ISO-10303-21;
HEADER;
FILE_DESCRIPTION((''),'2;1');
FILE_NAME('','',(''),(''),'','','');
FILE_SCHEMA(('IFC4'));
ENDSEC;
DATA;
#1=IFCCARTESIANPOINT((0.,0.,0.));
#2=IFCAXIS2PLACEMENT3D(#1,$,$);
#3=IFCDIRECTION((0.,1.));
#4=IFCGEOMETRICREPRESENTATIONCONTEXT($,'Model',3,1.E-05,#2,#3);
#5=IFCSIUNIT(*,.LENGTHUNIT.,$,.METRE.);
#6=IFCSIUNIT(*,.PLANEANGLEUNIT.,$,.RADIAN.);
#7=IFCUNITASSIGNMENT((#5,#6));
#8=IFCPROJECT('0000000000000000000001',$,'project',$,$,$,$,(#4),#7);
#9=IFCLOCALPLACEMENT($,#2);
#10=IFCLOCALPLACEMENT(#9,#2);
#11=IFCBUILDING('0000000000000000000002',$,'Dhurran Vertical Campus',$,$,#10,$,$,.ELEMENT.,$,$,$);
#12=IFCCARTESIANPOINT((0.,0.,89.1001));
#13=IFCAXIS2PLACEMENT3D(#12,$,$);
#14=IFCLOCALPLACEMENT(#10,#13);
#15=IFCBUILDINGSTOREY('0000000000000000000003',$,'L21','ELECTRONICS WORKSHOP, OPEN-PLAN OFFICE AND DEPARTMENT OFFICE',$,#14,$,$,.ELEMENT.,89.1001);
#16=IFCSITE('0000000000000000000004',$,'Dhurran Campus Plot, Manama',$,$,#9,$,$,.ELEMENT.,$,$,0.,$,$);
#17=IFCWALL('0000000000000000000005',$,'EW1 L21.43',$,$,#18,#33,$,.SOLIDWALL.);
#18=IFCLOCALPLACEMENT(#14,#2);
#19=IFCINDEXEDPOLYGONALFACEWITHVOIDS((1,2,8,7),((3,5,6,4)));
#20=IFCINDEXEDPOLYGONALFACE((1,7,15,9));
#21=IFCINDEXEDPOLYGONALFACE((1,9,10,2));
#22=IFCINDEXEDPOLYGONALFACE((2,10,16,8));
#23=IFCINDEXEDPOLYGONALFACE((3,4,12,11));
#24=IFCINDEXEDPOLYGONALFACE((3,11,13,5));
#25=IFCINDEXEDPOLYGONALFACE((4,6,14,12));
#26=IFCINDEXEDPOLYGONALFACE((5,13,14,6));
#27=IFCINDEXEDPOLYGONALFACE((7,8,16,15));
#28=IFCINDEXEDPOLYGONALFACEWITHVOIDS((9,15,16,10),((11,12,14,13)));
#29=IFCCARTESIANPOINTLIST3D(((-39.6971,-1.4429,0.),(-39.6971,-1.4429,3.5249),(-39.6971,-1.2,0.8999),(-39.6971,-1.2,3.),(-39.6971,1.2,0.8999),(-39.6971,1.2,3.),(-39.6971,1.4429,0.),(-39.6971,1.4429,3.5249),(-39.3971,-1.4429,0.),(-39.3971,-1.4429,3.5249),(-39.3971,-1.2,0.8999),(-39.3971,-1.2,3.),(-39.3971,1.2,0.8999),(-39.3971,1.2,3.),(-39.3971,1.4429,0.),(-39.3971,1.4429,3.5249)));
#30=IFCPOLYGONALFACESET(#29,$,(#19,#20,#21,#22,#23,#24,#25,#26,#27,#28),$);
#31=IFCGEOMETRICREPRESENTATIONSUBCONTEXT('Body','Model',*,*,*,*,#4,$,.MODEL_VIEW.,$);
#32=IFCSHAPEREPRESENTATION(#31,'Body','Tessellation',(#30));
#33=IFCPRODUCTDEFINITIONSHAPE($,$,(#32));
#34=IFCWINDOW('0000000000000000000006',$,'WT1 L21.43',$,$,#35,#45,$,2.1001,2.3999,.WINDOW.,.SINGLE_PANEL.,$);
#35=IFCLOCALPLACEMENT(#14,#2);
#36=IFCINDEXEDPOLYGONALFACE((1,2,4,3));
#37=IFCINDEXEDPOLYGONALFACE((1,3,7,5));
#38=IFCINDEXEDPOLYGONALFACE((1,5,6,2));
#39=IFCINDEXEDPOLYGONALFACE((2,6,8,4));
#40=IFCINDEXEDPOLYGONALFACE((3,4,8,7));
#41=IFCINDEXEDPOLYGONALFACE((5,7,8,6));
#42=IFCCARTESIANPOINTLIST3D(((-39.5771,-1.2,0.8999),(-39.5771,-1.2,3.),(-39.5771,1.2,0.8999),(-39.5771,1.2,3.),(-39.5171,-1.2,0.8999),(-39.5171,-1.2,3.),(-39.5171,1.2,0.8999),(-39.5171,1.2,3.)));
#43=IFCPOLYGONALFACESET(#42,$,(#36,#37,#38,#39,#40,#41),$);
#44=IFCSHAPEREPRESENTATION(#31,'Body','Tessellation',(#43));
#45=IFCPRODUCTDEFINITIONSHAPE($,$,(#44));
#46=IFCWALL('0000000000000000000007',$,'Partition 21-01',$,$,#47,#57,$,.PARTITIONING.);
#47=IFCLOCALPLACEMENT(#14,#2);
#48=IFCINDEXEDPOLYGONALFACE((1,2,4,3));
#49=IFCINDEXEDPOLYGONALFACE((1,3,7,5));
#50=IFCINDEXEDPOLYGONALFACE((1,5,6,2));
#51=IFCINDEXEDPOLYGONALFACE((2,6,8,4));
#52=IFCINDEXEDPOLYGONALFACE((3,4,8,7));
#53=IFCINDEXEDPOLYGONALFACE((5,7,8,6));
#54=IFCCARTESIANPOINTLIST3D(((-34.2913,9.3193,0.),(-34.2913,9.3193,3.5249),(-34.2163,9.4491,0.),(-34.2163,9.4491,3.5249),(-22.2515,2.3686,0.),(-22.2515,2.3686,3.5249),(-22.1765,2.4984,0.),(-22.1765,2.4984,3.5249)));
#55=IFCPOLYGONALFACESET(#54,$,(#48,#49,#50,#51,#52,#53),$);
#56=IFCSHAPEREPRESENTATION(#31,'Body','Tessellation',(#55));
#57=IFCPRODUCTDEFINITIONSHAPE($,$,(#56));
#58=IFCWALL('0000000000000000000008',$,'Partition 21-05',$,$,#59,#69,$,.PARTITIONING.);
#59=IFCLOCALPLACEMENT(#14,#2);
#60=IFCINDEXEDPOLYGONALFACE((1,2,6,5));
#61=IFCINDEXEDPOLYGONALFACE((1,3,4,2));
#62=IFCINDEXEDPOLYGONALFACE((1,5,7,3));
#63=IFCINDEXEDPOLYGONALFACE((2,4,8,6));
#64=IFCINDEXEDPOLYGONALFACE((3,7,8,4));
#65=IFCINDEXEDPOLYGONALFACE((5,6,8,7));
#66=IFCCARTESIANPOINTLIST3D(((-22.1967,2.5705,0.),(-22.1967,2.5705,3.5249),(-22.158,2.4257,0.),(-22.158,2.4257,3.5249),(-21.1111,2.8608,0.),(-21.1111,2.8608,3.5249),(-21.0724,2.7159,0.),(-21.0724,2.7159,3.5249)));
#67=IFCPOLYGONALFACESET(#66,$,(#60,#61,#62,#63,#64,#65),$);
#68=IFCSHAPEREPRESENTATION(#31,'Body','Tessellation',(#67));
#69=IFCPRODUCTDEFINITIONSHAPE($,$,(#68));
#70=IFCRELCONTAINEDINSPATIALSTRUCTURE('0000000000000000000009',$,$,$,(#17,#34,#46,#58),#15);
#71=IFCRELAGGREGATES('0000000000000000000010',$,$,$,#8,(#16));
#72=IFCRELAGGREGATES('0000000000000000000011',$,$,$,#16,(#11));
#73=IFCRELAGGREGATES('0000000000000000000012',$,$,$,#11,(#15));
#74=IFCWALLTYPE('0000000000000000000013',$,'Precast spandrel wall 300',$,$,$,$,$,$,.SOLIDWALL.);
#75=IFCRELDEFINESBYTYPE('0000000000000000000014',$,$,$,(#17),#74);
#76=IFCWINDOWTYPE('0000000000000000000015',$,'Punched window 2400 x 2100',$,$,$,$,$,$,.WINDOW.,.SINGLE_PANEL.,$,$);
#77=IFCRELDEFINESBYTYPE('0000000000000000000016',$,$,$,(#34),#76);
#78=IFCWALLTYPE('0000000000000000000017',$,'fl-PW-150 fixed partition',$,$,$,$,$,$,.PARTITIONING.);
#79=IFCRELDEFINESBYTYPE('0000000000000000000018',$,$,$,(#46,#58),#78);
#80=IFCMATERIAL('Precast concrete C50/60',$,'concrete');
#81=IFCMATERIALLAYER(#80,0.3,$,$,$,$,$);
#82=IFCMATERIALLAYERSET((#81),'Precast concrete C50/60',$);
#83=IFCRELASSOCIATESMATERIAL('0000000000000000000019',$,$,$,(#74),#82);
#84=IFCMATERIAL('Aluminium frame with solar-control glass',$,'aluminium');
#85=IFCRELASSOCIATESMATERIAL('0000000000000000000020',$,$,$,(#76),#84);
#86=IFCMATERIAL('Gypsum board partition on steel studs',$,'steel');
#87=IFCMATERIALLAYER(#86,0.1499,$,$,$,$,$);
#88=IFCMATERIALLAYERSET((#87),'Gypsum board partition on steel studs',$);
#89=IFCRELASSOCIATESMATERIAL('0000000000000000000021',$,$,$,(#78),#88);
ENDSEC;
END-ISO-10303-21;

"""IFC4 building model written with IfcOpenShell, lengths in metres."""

from ifc_helpers import new_model, si_unit, direction, frame, frame_2d, origin, place, context, subcontext, project, spatial, rectangle, extrude, material, layer, layer_set, type_object, element, fill, save


model = new_model("IFC4")

# Units and contexts
model_context = context("Model", 3, precision=1e-05, world=origin(), true_north=direction((0.0, 1.0)))
body_context = subcontext(model_context, "Body", "Model", "MODEL_VIEW")
ifc_project = project(units=[si_unit("LENGTHUNIT", "METRE"), si_unit("PLANEANGLEUNIT", "RADIAN")], contexts=[model_context])

# Site, building, storey
site_placement = place(None, origin())
site = spatial("IfcSite", under=ifc_project, at=site_placement, Name="Dhurran Campus Plot, Manama", CompositionType="ELEMENT", RefElevation=0.0)
building_placement = place(site_placement, origin())
building = spatial("IfcBuilding", under=site, at=building_placement, Name="Dhurran Vertical Campus", CompositionType="ELEMENT")
storey_placement = place(building_placement, frame((0.0, 0.0, 89.1001)))
storey = spatial("IfcBuildingStorey", under=building, at=storey_placement, Name="L21", Description="ELECTRONICS WORKSHOP, OPEN-PLAN OFFICE AND DEPARTMENT OFFICE", CompositionType="ELEMENT", Elevation=89.1001)

# Wall, opening, window
ifc_material_1 = material(Name="Precast concrete C50/60", Category="concrete")
ifc_layer_1 = layer(ifc_material_1, 0.3)
ifc_layer_set_1 = layer_set([ifc_layer_1], Name="Precast concrete C50/60")
wall_type_1 = type_object("IfcWallType", Name="Precast spandrel wall 300", PredefinedType="SOLIDWALL", material=ifc_layer_set_1)
ifc_material_2 = material(Name="Aluminium frame with solar-control glass", Category="aluminium")
window_type = type_object("IfcWindowType", Name="Punched window 2400 x 2100", PartitioningType="SINGLE_PANEL", PredefinedType="WINDOW", material=ifc_material_2)
wall_1_placement = place(storey_placement, frame((-39.5471, 1.4429, 0.0), z_axis=(0.0, 0.0, 1.0), x_axis=(0.0, -1.0, 0.0)))
wall_1 = element("IfcWall", 1, at=wall_1_placement, inside=storey, type_object=wall_type_1, Name="EW1 L21.43", PredefinedType="SOLIDWALL", context=body_context, shape_type="SweptSolid", body=[
    extrude(rectangle(XDim=2.8857, YDim=0.3, at=frame_2d((1.4429, 0.0))), origin(), (0.0, 0.0, 1.0), 3.5249),
])
opening_1_placement = place(wall_1_placement, frame((0.2429, 0.0, 0.8999)))
opening_1 = element("IfcOpeningElement", 2, at=opening_1_placement, cuts=wall_1, PredefinedType="OPENING", context=body_context, shape_type="SweptSolid", body=[
    extrude(rectangle(XDim=2.3999, YDim=2.1001, at=frame_2d((1.2, 1.05))), frame((0.0, 0.1599, 0.0), z_axis=(0.0, -1.0, 0.0), x_axis=(1.0, 0.0, 0.0)), (0.0, 0.0, 1.0), 0.3201),
])
window_1_placement = place(opening_1_placement, origin())
window_1 = element("IfcWindow", 3, at=window_1_placement, inside=storey, type_object=window_type, Name="WT1 L21.43", OverallHeight=2.1001, OverallWidth=2.3999, PartitioningType="SINGLE_PANEL", PredefinedType="WINDOW", context=body_context, shape_type="SweptSolid", body=[
    extrude(rectangle(XDim=2.3999, YDim=2.1001, at=frame_2d((1.2, 1.05))), frame((0.0, 0.03, 0.0), z_axis=(0.0, -1.0, 0.0), x_axis=(1.0, 0.0, 0.0)), (0.0, 0.0, 1.0), 0.0601),
])
fill(opening_1, window_1)

# Walls
ifc_material_3 = material(Name="Gypsum board partition on steel studs", Category="steel")
ifc_layer_2 = layer(ifc_material_3, 0.1499)
ifc_layer_set_2 = layer_set([ifc_layer_2], Name="Gypsum board partition on steel studs")
wall_type_2 = type_object("IfcWallType", Name="fl-PW-150 fixed partition", PredefinedType="PARTITIONING", material=ifc_layer_set_2)
wall_2_placement = place(storey_placement, frame((-34.2539, 9.3843, 0.0), z_axis=(0.0, 0.0, 1.0), x_axis=(0.866041, -0.499973, 0.0)))
element("IfcWall", 4, at=wall_2_placement, inside=storey, type_object=wall_type_2, Name="Partition 21-01", PredefinedType="PARTITIONING", context=body_context, shape_type="SweptSolid", body=[
    extrude(rectangle(XDim=13.9021, YDim=0.1499, at=frame_2d((6.9512, 0.0))), origin(), (0.0, 0.0, 1.0), 3.5249),
])
wall_3_placement = place(storey_placement, frame((-22.1775, 2.498, 0.0), z_axis=(0.0, 0.0, 1.0), x_axis=(0.966065, 0.258298, 0.0)))
element("IfcWall", 5, at=wall_3_placement, inside=storey, type_object=wall_type_2, Name="Partition 21-05", PredefinedType="PARTITIONING", context=body_context, shape_type="SweptSolid", body=[
    extrude(rectangle(XDim=1.1238, YDim=0.1499, at=frame_2d((0.562, 0.0))), origin(), (0.0, 0.0, 1.0), 3.5249),
])

save(model, "model.ifc")
